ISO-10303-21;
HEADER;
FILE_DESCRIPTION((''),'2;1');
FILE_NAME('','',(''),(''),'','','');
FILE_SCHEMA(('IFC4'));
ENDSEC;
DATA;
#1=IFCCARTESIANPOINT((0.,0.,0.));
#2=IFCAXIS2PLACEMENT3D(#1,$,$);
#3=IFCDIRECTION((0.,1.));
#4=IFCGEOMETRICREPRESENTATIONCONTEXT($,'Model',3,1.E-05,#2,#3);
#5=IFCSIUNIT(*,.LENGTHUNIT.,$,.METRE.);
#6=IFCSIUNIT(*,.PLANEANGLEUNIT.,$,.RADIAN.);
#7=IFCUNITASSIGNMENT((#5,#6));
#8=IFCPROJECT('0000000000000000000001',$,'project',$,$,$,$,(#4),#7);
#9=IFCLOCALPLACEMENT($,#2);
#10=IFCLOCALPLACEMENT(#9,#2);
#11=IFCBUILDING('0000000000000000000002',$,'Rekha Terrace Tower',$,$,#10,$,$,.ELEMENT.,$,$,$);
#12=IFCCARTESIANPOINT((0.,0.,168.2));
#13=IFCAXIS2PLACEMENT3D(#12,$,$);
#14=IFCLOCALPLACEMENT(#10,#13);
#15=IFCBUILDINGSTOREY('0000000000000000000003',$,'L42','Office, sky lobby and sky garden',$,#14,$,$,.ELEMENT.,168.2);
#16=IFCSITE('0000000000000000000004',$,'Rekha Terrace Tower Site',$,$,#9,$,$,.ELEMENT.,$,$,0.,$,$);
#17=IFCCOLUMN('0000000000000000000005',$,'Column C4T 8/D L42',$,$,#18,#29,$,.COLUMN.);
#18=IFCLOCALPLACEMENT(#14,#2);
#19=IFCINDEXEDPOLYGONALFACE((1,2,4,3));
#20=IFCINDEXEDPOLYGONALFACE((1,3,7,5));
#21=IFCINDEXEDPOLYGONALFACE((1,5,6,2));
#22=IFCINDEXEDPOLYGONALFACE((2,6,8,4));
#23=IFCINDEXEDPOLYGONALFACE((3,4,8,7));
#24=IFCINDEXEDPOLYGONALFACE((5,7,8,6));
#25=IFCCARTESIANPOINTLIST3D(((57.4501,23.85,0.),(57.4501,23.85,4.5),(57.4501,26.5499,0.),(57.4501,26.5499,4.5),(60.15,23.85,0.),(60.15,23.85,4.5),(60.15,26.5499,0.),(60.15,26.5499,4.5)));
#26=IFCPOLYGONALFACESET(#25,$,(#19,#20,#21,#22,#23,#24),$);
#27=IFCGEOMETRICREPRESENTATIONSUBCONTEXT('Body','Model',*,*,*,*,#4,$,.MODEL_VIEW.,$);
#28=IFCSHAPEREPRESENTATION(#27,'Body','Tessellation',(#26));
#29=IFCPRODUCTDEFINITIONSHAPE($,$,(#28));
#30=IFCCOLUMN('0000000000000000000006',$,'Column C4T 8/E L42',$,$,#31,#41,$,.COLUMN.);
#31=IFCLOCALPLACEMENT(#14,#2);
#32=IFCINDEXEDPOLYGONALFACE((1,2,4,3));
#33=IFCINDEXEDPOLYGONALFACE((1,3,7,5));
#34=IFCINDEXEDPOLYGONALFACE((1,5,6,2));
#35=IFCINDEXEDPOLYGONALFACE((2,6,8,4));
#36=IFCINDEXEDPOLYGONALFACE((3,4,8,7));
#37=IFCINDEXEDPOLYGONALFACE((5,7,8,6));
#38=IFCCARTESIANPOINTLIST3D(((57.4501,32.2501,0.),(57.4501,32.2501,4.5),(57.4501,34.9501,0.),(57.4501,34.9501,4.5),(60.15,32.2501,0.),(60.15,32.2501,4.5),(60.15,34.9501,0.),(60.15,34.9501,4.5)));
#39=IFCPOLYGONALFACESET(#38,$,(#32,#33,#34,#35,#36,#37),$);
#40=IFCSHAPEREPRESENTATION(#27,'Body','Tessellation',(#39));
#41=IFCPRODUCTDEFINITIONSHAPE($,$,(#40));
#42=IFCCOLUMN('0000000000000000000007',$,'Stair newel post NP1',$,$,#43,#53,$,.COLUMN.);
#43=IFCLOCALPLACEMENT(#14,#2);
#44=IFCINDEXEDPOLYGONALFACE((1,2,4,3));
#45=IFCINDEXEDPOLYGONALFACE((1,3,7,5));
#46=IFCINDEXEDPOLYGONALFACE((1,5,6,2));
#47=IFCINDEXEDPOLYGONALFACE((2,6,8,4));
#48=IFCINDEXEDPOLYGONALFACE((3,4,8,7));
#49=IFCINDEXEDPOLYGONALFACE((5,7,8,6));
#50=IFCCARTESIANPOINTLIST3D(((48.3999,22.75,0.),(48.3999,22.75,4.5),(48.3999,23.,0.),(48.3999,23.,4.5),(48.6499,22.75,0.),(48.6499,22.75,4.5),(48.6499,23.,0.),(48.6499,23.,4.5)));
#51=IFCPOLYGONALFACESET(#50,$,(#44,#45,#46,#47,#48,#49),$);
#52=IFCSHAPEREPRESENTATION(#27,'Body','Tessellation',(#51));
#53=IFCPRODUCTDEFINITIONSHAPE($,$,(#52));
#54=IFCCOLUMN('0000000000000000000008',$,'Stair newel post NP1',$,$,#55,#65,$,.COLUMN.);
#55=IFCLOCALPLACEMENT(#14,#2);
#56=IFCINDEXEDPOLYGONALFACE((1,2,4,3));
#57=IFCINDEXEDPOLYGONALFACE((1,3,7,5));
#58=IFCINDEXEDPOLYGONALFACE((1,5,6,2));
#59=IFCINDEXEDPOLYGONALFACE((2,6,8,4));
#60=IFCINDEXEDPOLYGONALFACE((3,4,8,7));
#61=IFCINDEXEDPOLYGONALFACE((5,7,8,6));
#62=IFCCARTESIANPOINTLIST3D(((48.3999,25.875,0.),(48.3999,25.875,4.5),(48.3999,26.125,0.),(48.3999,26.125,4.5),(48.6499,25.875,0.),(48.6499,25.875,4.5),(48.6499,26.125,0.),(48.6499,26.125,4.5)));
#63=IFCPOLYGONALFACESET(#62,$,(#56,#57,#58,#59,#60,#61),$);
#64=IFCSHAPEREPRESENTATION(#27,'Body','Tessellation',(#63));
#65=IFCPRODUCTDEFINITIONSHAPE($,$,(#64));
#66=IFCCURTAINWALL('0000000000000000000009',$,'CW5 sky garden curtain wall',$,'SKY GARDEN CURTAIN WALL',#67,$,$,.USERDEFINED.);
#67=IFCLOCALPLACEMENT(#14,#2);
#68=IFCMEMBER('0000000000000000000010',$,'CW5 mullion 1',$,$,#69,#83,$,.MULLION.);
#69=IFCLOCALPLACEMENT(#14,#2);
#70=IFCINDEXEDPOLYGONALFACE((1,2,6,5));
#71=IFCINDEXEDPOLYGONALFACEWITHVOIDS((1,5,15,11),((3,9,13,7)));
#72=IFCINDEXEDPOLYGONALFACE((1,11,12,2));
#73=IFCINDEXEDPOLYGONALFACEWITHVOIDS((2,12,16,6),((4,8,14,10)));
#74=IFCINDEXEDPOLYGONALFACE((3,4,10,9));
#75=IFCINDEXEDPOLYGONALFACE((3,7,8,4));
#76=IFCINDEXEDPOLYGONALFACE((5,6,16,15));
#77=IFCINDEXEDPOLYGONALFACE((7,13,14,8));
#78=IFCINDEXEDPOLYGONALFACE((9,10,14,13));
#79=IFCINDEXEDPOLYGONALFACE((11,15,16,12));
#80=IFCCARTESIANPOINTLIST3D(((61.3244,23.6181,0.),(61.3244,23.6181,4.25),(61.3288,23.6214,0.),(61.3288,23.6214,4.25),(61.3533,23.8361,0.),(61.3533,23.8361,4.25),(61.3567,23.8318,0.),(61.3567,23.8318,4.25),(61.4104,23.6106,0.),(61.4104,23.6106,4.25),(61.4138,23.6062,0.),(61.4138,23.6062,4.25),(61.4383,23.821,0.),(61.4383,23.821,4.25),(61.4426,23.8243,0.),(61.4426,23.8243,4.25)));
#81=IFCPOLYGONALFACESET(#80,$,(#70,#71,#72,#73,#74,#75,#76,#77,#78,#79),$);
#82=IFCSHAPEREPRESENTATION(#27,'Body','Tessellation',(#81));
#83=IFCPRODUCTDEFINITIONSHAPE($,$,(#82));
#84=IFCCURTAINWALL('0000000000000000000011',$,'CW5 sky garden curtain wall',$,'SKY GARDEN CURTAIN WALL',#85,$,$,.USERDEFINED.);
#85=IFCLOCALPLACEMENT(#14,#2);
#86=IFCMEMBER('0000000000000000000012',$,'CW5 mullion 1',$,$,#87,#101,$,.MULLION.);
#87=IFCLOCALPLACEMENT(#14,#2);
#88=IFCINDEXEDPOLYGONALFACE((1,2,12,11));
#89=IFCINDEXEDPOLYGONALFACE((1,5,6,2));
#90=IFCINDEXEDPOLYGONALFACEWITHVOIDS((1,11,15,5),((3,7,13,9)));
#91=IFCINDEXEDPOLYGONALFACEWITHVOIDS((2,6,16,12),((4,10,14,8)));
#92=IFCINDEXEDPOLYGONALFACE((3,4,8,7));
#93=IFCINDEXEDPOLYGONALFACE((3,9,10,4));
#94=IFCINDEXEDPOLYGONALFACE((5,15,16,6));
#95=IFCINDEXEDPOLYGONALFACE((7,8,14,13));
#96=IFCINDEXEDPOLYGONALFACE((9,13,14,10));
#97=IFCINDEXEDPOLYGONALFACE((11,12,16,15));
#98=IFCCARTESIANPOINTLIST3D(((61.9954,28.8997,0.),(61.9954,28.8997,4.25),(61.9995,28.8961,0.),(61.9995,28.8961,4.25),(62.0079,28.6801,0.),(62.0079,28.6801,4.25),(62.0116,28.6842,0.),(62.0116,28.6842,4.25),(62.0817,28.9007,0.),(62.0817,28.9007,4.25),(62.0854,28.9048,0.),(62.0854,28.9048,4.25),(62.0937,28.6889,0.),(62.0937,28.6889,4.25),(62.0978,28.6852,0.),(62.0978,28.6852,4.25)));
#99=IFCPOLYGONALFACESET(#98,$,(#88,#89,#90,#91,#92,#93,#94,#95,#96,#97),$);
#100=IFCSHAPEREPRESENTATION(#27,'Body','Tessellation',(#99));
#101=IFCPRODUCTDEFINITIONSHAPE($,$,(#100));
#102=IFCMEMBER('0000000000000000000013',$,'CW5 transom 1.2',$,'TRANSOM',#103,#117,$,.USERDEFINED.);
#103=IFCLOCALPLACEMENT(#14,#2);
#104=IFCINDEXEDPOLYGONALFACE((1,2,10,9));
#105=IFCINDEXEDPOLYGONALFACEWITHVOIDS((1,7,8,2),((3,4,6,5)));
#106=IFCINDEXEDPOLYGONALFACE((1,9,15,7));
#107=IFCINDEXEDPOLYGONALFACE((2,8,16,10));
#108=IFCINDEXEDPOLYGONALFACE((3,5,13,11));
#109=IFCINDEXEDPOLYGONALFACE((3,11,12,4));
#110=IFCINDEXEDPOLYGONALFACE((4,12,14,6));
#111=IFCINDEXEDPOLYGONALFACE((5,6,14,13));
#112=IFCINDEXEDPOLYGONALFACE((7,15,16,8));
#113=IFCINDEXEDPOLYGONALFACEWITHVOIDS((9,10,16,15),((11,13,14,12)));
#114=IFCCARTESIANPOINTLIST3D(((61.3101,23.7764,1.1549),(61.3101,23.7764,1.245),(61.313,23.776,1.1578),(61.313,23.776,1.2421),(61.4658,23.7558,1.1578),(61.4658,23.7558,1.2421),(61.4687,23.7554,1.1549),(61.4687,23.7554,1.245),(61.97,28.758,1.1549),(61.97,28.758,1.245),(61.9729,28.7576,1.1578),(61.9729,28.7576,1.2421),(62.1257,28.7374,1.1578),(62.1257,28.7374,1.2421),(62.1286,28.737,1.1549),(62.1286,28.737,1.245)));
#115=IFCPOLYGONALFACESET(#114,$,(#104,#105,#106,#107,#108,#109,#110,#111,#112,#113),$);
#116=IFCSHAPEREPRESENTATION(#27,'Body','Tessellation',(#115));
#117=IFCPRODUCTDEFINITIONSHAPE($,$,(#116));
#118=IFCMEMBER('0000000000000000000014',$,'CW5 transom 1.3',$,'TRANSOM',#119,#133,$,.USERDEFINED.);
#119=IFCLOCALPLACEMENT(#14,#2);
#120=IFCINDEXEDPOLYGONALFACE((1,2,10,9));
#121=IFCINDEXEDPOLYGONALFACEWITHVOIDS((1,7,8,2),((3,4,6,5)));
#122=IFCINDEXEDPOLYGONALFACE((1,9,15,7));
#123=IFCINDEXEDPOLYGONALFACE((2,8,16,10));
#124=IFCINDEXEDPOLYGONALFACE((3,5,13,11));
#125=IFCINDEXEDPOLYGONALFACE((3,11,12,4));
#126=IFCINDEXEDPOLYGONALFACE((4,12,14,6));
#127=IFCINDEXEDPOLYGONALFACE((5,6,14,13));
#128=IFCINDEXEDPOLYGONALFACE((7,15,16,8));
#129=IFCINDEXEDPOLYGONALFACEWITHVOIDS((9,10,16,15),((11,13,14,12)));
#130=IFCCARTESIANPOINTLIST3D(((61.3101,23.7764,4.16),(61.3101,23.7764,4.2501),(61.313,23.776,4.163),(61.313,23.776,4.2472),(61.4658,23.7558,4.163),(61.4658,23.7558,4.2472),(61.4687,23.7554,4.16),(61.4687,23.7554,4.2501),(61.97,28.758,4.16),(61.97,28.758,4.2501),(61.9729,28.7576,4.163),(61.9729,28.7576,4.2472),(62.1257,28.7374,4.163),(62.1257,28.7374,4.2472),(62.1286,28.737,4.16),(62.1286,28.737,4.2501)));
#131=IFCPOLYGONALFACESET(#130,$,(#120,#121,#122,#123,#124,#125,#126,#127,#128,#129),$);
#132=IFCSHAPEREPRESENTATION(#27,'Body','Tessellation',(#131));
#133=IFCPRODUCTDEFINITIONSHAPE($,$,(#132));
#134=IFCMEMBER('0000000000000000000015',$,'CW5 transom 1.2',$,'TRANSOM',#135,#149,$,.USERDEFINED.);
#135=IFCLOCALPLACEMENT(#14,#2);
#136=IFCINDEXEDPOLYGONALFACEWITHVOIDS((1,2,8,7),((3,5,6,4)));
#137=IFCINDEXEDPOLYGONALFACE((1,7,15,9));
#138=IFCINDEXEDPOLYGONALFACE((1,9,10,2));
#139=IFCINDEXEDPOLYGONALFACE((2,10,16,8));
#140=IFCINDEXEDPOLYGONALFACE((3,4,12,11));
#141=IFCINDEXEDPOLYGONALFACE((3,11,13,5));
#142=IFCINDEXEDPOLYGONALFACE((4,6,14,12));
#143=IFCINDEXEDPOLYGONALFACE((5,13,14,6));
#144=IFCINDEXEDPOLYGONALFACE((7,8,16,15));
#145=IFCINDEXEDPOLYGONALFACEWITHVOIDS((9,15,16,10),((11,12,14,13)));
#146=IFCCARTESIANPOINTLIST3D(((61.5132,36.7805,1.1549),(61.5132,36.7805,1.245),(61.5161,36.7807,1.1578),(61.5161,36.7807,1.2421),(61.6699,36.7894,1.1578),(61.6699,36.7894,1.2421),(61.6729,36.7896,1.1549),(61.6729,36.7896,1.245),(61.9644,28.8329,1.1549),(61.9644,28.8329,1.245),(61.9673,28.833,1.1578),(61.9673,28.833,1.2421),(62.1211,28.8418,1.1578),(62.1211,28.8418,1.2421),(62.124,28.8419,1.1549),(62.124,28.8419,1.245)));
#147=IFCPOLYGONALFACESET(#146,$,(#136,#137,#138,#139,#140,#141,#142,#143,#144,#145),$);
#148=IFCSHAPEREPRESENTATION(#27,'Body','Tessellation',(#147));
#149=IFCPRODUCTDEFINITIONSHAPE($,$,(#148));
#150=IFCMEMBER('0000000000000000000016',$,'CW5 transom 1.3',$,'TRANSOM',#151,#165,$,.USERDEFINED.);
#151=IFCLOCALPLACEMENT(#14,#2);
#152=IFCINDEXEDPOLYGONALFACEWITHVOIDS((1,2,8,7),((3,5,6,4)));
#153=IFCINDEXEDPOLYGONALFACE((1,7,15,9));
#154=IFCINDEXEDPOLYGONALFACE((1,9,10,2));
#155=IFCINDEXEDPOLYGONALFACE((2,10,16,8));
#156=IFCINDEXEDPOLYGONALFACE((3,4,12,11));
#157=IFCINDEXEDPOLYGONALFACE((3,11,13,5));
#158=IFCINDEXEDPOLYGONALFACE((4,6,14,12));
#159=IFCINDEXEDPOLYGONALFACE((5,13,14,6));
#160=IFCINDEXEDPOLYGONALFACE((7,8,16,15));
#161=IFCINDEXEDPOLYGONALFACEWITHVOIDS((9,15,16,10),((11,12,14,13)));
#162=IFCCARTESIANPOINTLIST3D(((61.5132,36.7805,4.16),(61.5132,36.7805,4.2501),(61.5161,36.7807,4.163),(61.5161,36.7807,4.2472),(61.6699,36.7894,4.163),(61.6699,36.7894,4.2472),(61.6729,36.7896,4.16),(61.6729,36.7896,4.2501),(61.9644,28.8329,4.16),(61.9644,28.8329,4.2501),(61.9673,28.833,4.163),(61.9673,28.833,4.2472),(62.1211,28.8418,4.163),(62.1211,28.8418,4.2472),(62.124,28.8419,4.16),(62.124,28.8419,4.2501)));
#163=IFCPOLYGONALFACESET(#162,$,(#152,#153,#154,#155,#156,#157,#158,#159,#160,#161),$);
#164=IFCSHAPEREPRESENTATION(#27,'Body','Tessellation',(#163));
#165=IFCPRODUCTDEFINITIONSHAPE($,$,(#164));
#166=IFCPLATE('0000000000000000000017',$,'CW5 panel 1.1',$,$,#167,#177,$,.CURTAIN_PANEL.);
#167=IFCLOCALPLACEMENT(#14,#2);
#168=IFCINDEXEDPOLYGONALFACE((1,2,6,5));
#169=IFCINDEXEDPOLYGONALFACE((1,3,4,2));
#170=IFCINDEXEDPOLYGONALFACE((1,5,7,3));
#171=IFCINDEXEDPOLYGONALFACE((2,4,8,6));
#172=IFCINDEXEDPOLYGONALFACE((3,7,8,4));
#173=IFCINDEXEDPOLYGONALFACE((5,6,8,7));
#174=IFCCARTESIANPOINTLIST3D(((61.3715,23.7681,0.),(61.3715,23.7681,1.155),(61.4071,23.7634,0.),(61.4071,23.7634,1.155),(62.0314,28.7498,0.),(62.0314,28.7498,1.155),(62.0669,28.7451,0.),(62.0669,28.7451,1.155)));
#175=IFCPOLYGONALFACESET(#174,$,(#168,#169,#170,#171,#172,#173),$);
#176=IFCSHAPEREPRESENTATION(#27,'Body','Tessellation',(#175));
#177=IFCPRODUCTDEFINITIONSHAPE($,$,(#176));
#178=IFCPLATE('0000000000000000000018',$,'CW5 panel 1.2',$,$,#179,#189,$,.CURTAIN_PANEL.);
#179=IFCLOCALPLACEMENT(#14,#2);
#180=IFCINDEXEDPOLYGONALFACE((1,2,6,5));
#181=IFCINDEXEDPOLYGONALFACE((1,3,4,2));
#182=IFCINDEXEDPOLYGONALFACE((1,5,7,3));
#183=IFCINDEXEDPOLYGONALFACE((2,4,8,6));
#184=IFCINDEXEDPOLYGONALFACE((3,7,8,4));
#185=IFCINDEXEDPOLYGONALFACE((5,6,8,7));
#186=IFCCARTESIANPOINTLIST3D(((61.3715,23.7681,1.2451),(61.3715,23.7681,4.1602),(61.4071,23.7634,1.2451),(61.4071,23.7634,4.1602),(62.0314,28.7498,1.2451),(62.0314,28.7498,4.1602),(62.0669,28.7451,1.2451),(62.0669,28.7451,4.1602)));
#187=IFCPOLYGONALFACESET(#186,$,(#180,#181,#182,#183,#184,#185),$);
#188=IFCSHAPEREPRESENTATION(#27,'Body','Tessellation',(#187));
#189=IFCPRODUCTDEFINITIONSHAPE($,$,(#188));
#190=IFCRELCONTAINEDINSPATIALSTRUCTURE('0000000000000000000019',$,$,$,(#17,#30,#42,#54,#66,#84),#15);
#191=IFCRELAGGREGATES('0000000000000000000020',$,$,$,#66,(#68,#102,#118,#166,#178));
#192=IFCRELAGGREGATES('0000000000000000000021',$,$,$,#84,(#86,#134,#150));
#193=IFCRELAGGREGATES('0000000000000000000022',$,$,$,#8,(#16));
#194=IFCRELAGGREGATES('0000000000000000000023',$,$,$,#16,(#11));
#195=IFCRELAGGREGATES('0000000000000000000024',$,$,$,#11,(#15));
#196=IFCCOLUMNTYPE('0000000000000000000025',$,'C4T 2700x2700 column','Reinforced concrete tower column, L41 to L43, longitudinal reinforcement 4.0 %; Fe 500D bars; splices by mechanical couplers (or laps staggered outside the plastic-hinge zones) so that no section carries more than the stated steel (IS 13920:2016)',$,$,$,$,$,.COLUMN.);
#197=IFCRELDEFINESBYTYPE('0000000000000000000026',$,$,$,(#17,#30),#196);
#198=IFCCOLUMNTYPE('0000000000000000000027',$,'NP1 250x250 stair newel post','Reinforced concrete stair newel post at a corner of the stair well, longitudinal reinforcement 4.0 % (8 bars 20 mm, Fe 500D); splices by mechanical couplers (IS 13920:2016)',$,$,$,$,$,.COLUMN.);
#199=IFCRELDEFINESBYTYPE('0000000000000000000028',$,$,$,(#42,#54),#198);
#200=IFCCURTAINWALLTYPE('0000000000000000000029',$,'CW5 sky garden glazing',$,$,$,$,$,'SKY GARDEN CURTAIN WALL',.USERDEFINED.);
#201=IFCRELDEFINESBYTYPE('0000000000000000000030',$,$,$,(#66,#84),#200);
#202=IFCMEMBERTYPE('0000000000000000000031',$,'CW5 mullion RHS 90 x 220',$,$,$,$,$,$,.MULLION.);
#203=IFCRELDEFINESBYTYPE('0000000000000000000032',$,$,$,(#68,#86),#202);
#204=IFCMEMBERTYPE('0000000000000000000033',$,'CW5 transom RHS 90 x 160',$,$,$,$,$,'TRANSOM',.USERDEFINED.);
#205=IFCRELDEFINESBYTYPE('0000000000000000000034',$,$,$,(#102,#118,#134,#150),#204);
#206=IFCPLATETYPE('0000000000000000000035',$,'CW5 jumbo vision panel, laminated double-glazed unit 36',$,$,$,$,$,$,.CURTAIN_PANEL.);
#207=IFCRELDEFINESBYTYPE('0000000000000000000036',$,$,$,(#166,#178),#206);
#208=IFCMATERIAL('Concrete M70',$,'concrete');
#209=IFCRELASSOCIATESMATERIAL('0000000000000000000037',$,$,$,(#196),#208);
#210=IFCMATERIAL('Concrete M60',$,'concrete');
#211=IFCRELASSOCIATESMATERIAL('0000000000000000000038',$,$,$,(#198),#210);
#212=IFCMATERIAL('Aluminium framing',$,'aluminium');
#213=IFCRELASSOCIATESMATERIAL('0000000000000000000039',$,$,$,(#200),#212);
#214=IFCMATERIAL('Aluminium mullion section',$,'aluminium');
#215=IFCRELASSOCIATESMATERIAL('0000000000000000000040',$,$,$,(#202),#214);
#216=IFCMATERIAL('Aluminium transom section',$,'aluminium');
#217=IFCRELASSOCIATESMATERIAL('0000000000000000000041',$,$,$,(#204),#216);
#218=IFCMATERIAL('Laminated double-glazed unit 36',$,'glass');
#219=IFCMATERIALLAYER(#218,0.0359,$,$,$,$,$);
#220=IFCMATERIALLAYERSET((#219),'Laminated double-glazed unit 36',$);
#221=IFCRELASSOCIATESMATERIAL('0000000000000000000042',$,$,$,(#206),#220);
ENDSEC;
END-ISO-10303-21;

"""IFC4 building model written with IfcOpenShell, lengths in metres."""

from ifc_helpers import new_model, si_unit, direction, frame, origin, origin_2d, place, context, subcontext, project, spatial, rectangle, hollow_rectangle, extrude, material, layer, layer_set, material_profile, profile_set, type_object, element, aggregate, save


model = new_model("IFC4")

# Units and contexts
model_context = context("Model", 3, precision=1e-05, world=origin(), true_north=direction((0.0, 1.0)))
body_context = subcontext(model_context, "Body", "Model", "MODEL_VIEW")
ifc_project = project(units=[si_unit("LENGTHUNIT", "METRE"), si_unit("PLANEANGLEUNIT", "RADIAN")], contexts=[model_context])

# Site, building, storey
site_placement = place(None, origin())
site = spatial("IfcSite", under=ifc_project, at=site_placement, Name="Rekha Terrace Tower Site", CompositionType="ELEMENT", RefElevation=0.0)
building_placement = place(site_placement, origin())
building = spatial("IfcBuilding", under=site, at=building_placement, Name="Rekha Terrace Tower", CompositionType="ELEMENT")
storey_placement = place(building_placement, frame((0.0, 0.0, 168.2)))
storey = spatial("IfcBuildingStorey", under=building, at=storey_placement, Name="L42", Description="Office, sky lobby and sky garden", CompositionType="ELEMENT", Elevation=168.2)

# Columns
ifc_material_1 = material(Name="Concrete M70", Category="concrete")
ifc_material_profile_1 = material_profile(ifc_material_1, rectangle(XDim=2.7, YDim=2.7, at=origin_2d()), Name="RC 2700x2700")
ifc_profile_set_1 = profile_set([ifc_material_profile_1], Name="Concrete M70")
column_type_1 = type_object("IfcColumnType", Name="C4T 2700x2700 column", Description="Reinforced concrete tower column, L41 to L43, longitudinal reinforcement 4.0 %; Fe 500D bars; splices by mechanical couplers (or laps staggered outside the plastic-hinge zones) so that no section carries more than the stated steel (IS 13920:2016)", PredefinedType="COLUMN", material=ifc_profile_set_1)
for number, where, z_axis, x_axis, name in (
    (1, (58.8, 25.2, 0.0), (0.0, 0.0, 1.0), (1.0, 0.0, 0.0), "Column C4T 8/D L42"),
    (2, (58.8, 33.6001, 0.0), (0.0, 0.0, 1.0), (1.0, 0.0, 0.0), "Column C4T 8/E L42"),
):
    element("IfcColumn", number, at=place(storey_placement, frame(where, z_axis=z_axis, x_axis=x_axis)), inside=storey, type_object=column_type_1, Name=name, PredefinedType="COLUMN", context=body_context, shape_type="SweptSolid", body=[
        extrude(rectangle(XDim=2.7, YDim=2.7, at=origin_2d()), origin(), (0.0, 0.0, 1.0), 4.5),
    ])
ifc_material_2 = material(Name="Concrete M60", Category="concrete")
ifc_material_profile_2 = material_profile(ifc_material_2, rectangle(XDim=0.25, YDim=0.25, at=origin_2d()), Name="RC 250x250")
ifc_profile_set_2 = profile_set([ifc_material_profile_2], Name="Concrete M60")
column_type_2 = type_object("IfcColumnType", Name="NP1 250x250 stair newel post", Description="Reinforced concrete stair newel post at a corner of the stair well, longitudinal reinforcement 4.0 % (8 bars 20 mm, Fe 500D); splices by mechanical couplers (IS 13920:2016)", PredefinedType="COLUMN", material=ifc_profile_set_2)
for number, where, z_axis, x_axis, name in (
    (3, (48.5249, 22.875, 0.0), (0.0, 0.0, 1.0), (1.0, 0.0, 0.0), "Stair newel post NP1"),
    (4, (48.5249, 26.0, 0.0), (0.0, 0.0, 1.0), (1.0, 0.0, 0.0), "Stair newel post NP1"),
):
    element("IfcColumn", number, at=place(storey_placement, frame(where, z_axis=z_axis, x_axis=x_axis)), inside=storey, type_object=column_type_2, Name=name, PredefinedType="COLUMN", context=body_context, shape_type="SweptSolid", body=[
        extrude(rectangle(XDim=0.25, YDim=0.25, at=origin_2d()), origin(), (0.0, 0.0, 1.0), 4.5),
    ])

# Curtain walls, members
ifc_material_3 = material(Name="Aluminium framing", Category="aluminium")
curtain_wall_type = type_object("IfcCurtainWallType", Name="CW5 sky garden glazing", ElementType="SKY GARDEN CURTAIN WALL", PredefinedType="USERDEFINED", material=ifc_material_3)
curtain_wall_1_placement = place(storey_placement, origin())
curtain_wall_1 = element("IfcCurtainWall", 5, at=curtain_wall_1_placement, inside=storey, type_object=curtain_wall_type, Name="CW5 sky garden curtain wall", ObjectType="SKY GARDEN CURTAIN WALL", PredefinedType="USERDEFINED")
ifc_material_4 = material(Name="Aluminium mullion section", Category="aluminium")
ifc_material_profile_3 = material_profile(ifc_material_4, hollow_rectangle(XDim=0.0901, YDim=0.22, WallThickness=0.0039, at=origin_2d()), Name="AL RHS 90x220")
ifc_profile_set_3 = profile_set([ifc_material_profile_3], Name="Aluminium mullion section")
member_type_1 = type_object("IfcMemberType", Name="CW5 mullion RHS 90 x 220", PredefinedType="MULLION", material=ifc_profile_set_3)
member_1_placement = place(storey_placement, frame((61.3835, 23.7212, 0.0), z_axis=(0.0, 0.0, 1.0), x_axis=(-0.991342, 0.131304, 0.0)))
member_1 = element("IfcMember", 6, at=member_1_placement, type_object=member_type_1, Name="CW5 mullion 1", PredefinedType="MULLION", context=body_context, shape_type="SweptSolid", body=[
    extrude(hollow_rectangle(XDim=0.0901, YDim=0.22, WallThickness=0.0039, at=origin_2d()), origin(), (0.0, 0.0, 1.0), 4.25),
])
curtain_wall_2_placement = place(storey_placement, origin())
curtain_wall_2 = element("IfcCurtainWall", 7, at=curtain_wall_2_placement, inside=storey, type_object=curtain_wall_type, Name="CW5 sky garden curtain wall", ObjectType="SKY GARDEN CURTAIN WALL", PredefinedType="USERDEFINED")
member_2_placement = place(storey_placement, frame((62.0466, 28.7925, 0.0), z_axis=(0.0, 0.0, 1.0), x_axis=(-0.998393, -0.056673, 0.0)))
member_2 = element("IfcMember", 8, at=member_2_placement, type_object=member_type_1, Name="CW5 mullion 1", PredefinedType="MULLION", context=body_context, shape_type="SweptSolid", body=[
    extrude(hollow_rectangle(XDim=0.0901, YDim=0.22, WallThickness=0.0039, at=origin_2d()), origin(), (0.0, 0.0, 1.0), 4.25),
])

# Members
ifc_material_5 = material(Name="Aluminium transom section", Category="aluminium")
ifc_material_profile_4 = material_profile(ifc_material_5, hollow_rectangle(XDim=0.1599, YDim=0.0901, WallThickness=0.0029, at=origin_2d()), Name="AL RHS 160x90")
ifc_profile_set_4 = profile_set([ifc_material_profile_4], Name="Aluminium transom section")
member_type_2 = type_object("IfcMemberType", Name="CW5 transom RHS 90 x 160", ElementType="TRANSOM", PredefinedType="USERDEFINED", material=ifc_profile_set_4)
member_3_placement = place(storey_placement, frame((61.3894, 23.7659, 1.2), z_axis=(0.13132, 0.99134, 0.0), x_axis=(-0.99134, 0.13132, 0.0)))
member_3 = element("IfcMember", 9, at=member_3_placement, type_object=member_type_2, Name="CW5 transom 1.2", ObjectType="TRANSOM", PredefinedType="USERDEFINED", context=body_context, shape_type="SweptSolid", body=[
    extrude(hollow_rectangle(XDim=0.1599, YDim=0.0901, WallThickness=0.0029, at=origin_2d()), origin(), (0.0, 0.0, 1.0), 5.0251),
])
member_4_placement = place(storey_placement, frame((61.3894, 23.7659, 4.2051), z_axis=(0.13132, 0.99134, 0.0), x_axis=(-0.99134, 0.13132, 0.0)))
member_4 = element("IfcMember", 10, at=member_4_placement, type_object=member_type_2, Name="CW5 transom 1.3", ObjectType="TRANSOM", PredefinedType="USERDEFINED", context=body_context, shape_type="SweptSolid", body=[
    extrude(hollow_rectangle(XDim=0.1599, YDim=0.0901, WallThickness=0.0029, at=origin_2d()), origin(), (0.0, 0.0, 1.0), 5.0251),
])
member_5_placement = place(storey_placement, frame((62.0442, 28.8374, 1.2), z_axis=(-0.056676, 0.998393, 0.0), x_axis=(-0.998393, -0.056676, 0.0)))
member_5 = element("IfcMember", 11, at=member_5_placement, type_object=member_type_2, Name="CW5 transom 1.2", ObjectType="TRANSOM", PredefinedType="USERDEFINED", context=body_context, shape_type="SweptSolid", body=[
    extrude(hollow_rectangle(XDim=0.1599, YDim=0.0901, WallThickness=0.0029, at=origin_2d()), origin(), (0.0, 0.0, 1.0), 7.9604),
])
member_6_placement = place(storey_placement, frame((62.0442, 28.8374, 4.2051), z_axis=(-0.056676, 0.998393, 0.0), x_axis=(-0.998393, -0.056676, 0.0)))
member_6 = element("IfcMember", 12, at=member_6_placement, type_object=member_type_2, Name="CW5 transom 1.3", ObjectType="TRANSOM", PredefinedType="USERDEFINED", context=body_context, shape_type="SweptSolid", body=[
    extrude(hollow_rectangle(XDim=0.1599, YDim=0.0901, WallThickness=0.0029, at=origin_2d()), origin(), (0.0, 0.0, 1.0), 7.9604),
])

# Plates
ifc_material_6 = material(Name="Laminated double-glazed unit 36", Category="glass")
ifc_layer_1 = layer(ifc_material_6, 0.0359)
ifc_layer_set_1 = layer_set([ifc_layer_1], Name="Laminated double-glazed unit 36")
plate_type = type_object("IfcPlateType", Name="CW5 jumbo vision panel, laminated double-glazed unit 36", PredefinedType="CURTAIN_PANEL", material=ifc_layer_set_1)
plate_1_placement = place(storey_placement, frame((61.7192, 26.2566, 0.0), z_axis=(0.0, 0.0, 1.0), x_axis=(0.131304, 0.991342, 0.0)))
plate_1 = element("IfcPlate", 13, at=plate_1_placement, type_object=plate_type, Name="CW5 panel 1.1", PredefinedType="CURTAIN_PANEL", context=body_context, shape_type="SweptSolid", body=[
    extrude(rectangle(XDim=5.0251, YDim=0.0359, at=origin_2d()), origin(), (0.0, 0.0, 1.0), 1.155),
])
plate_2_placement = place(storey_placement, frame((61.7192, 26.2566, 1.2451), z_axis=(0.0, 0.0, 1.0), x_axis=(0.131304, 0.991342, 0.0)))
plate_2 = element("IfcPlate", 14, at=plate_2_placement, type_object=plate_type, Name="CW5 panel 1.2", PredefinedType="CURTAIN_PANEL", context=body_context, shape_type="SweptSolid", body=[
    extrude(rectangle(XDim=5.0251, YDim=0.0359, at=origin_2d()), origin(), (0.0, 0.0, 1.0), 2.915),
])
aggregate(curtain_wall_1, [member_1, member_3, member_4, plate_1, plate_2])
aggregate(curtain_wall_2, [member_2, member_5, member_6])

save(model, "model.ifc")
